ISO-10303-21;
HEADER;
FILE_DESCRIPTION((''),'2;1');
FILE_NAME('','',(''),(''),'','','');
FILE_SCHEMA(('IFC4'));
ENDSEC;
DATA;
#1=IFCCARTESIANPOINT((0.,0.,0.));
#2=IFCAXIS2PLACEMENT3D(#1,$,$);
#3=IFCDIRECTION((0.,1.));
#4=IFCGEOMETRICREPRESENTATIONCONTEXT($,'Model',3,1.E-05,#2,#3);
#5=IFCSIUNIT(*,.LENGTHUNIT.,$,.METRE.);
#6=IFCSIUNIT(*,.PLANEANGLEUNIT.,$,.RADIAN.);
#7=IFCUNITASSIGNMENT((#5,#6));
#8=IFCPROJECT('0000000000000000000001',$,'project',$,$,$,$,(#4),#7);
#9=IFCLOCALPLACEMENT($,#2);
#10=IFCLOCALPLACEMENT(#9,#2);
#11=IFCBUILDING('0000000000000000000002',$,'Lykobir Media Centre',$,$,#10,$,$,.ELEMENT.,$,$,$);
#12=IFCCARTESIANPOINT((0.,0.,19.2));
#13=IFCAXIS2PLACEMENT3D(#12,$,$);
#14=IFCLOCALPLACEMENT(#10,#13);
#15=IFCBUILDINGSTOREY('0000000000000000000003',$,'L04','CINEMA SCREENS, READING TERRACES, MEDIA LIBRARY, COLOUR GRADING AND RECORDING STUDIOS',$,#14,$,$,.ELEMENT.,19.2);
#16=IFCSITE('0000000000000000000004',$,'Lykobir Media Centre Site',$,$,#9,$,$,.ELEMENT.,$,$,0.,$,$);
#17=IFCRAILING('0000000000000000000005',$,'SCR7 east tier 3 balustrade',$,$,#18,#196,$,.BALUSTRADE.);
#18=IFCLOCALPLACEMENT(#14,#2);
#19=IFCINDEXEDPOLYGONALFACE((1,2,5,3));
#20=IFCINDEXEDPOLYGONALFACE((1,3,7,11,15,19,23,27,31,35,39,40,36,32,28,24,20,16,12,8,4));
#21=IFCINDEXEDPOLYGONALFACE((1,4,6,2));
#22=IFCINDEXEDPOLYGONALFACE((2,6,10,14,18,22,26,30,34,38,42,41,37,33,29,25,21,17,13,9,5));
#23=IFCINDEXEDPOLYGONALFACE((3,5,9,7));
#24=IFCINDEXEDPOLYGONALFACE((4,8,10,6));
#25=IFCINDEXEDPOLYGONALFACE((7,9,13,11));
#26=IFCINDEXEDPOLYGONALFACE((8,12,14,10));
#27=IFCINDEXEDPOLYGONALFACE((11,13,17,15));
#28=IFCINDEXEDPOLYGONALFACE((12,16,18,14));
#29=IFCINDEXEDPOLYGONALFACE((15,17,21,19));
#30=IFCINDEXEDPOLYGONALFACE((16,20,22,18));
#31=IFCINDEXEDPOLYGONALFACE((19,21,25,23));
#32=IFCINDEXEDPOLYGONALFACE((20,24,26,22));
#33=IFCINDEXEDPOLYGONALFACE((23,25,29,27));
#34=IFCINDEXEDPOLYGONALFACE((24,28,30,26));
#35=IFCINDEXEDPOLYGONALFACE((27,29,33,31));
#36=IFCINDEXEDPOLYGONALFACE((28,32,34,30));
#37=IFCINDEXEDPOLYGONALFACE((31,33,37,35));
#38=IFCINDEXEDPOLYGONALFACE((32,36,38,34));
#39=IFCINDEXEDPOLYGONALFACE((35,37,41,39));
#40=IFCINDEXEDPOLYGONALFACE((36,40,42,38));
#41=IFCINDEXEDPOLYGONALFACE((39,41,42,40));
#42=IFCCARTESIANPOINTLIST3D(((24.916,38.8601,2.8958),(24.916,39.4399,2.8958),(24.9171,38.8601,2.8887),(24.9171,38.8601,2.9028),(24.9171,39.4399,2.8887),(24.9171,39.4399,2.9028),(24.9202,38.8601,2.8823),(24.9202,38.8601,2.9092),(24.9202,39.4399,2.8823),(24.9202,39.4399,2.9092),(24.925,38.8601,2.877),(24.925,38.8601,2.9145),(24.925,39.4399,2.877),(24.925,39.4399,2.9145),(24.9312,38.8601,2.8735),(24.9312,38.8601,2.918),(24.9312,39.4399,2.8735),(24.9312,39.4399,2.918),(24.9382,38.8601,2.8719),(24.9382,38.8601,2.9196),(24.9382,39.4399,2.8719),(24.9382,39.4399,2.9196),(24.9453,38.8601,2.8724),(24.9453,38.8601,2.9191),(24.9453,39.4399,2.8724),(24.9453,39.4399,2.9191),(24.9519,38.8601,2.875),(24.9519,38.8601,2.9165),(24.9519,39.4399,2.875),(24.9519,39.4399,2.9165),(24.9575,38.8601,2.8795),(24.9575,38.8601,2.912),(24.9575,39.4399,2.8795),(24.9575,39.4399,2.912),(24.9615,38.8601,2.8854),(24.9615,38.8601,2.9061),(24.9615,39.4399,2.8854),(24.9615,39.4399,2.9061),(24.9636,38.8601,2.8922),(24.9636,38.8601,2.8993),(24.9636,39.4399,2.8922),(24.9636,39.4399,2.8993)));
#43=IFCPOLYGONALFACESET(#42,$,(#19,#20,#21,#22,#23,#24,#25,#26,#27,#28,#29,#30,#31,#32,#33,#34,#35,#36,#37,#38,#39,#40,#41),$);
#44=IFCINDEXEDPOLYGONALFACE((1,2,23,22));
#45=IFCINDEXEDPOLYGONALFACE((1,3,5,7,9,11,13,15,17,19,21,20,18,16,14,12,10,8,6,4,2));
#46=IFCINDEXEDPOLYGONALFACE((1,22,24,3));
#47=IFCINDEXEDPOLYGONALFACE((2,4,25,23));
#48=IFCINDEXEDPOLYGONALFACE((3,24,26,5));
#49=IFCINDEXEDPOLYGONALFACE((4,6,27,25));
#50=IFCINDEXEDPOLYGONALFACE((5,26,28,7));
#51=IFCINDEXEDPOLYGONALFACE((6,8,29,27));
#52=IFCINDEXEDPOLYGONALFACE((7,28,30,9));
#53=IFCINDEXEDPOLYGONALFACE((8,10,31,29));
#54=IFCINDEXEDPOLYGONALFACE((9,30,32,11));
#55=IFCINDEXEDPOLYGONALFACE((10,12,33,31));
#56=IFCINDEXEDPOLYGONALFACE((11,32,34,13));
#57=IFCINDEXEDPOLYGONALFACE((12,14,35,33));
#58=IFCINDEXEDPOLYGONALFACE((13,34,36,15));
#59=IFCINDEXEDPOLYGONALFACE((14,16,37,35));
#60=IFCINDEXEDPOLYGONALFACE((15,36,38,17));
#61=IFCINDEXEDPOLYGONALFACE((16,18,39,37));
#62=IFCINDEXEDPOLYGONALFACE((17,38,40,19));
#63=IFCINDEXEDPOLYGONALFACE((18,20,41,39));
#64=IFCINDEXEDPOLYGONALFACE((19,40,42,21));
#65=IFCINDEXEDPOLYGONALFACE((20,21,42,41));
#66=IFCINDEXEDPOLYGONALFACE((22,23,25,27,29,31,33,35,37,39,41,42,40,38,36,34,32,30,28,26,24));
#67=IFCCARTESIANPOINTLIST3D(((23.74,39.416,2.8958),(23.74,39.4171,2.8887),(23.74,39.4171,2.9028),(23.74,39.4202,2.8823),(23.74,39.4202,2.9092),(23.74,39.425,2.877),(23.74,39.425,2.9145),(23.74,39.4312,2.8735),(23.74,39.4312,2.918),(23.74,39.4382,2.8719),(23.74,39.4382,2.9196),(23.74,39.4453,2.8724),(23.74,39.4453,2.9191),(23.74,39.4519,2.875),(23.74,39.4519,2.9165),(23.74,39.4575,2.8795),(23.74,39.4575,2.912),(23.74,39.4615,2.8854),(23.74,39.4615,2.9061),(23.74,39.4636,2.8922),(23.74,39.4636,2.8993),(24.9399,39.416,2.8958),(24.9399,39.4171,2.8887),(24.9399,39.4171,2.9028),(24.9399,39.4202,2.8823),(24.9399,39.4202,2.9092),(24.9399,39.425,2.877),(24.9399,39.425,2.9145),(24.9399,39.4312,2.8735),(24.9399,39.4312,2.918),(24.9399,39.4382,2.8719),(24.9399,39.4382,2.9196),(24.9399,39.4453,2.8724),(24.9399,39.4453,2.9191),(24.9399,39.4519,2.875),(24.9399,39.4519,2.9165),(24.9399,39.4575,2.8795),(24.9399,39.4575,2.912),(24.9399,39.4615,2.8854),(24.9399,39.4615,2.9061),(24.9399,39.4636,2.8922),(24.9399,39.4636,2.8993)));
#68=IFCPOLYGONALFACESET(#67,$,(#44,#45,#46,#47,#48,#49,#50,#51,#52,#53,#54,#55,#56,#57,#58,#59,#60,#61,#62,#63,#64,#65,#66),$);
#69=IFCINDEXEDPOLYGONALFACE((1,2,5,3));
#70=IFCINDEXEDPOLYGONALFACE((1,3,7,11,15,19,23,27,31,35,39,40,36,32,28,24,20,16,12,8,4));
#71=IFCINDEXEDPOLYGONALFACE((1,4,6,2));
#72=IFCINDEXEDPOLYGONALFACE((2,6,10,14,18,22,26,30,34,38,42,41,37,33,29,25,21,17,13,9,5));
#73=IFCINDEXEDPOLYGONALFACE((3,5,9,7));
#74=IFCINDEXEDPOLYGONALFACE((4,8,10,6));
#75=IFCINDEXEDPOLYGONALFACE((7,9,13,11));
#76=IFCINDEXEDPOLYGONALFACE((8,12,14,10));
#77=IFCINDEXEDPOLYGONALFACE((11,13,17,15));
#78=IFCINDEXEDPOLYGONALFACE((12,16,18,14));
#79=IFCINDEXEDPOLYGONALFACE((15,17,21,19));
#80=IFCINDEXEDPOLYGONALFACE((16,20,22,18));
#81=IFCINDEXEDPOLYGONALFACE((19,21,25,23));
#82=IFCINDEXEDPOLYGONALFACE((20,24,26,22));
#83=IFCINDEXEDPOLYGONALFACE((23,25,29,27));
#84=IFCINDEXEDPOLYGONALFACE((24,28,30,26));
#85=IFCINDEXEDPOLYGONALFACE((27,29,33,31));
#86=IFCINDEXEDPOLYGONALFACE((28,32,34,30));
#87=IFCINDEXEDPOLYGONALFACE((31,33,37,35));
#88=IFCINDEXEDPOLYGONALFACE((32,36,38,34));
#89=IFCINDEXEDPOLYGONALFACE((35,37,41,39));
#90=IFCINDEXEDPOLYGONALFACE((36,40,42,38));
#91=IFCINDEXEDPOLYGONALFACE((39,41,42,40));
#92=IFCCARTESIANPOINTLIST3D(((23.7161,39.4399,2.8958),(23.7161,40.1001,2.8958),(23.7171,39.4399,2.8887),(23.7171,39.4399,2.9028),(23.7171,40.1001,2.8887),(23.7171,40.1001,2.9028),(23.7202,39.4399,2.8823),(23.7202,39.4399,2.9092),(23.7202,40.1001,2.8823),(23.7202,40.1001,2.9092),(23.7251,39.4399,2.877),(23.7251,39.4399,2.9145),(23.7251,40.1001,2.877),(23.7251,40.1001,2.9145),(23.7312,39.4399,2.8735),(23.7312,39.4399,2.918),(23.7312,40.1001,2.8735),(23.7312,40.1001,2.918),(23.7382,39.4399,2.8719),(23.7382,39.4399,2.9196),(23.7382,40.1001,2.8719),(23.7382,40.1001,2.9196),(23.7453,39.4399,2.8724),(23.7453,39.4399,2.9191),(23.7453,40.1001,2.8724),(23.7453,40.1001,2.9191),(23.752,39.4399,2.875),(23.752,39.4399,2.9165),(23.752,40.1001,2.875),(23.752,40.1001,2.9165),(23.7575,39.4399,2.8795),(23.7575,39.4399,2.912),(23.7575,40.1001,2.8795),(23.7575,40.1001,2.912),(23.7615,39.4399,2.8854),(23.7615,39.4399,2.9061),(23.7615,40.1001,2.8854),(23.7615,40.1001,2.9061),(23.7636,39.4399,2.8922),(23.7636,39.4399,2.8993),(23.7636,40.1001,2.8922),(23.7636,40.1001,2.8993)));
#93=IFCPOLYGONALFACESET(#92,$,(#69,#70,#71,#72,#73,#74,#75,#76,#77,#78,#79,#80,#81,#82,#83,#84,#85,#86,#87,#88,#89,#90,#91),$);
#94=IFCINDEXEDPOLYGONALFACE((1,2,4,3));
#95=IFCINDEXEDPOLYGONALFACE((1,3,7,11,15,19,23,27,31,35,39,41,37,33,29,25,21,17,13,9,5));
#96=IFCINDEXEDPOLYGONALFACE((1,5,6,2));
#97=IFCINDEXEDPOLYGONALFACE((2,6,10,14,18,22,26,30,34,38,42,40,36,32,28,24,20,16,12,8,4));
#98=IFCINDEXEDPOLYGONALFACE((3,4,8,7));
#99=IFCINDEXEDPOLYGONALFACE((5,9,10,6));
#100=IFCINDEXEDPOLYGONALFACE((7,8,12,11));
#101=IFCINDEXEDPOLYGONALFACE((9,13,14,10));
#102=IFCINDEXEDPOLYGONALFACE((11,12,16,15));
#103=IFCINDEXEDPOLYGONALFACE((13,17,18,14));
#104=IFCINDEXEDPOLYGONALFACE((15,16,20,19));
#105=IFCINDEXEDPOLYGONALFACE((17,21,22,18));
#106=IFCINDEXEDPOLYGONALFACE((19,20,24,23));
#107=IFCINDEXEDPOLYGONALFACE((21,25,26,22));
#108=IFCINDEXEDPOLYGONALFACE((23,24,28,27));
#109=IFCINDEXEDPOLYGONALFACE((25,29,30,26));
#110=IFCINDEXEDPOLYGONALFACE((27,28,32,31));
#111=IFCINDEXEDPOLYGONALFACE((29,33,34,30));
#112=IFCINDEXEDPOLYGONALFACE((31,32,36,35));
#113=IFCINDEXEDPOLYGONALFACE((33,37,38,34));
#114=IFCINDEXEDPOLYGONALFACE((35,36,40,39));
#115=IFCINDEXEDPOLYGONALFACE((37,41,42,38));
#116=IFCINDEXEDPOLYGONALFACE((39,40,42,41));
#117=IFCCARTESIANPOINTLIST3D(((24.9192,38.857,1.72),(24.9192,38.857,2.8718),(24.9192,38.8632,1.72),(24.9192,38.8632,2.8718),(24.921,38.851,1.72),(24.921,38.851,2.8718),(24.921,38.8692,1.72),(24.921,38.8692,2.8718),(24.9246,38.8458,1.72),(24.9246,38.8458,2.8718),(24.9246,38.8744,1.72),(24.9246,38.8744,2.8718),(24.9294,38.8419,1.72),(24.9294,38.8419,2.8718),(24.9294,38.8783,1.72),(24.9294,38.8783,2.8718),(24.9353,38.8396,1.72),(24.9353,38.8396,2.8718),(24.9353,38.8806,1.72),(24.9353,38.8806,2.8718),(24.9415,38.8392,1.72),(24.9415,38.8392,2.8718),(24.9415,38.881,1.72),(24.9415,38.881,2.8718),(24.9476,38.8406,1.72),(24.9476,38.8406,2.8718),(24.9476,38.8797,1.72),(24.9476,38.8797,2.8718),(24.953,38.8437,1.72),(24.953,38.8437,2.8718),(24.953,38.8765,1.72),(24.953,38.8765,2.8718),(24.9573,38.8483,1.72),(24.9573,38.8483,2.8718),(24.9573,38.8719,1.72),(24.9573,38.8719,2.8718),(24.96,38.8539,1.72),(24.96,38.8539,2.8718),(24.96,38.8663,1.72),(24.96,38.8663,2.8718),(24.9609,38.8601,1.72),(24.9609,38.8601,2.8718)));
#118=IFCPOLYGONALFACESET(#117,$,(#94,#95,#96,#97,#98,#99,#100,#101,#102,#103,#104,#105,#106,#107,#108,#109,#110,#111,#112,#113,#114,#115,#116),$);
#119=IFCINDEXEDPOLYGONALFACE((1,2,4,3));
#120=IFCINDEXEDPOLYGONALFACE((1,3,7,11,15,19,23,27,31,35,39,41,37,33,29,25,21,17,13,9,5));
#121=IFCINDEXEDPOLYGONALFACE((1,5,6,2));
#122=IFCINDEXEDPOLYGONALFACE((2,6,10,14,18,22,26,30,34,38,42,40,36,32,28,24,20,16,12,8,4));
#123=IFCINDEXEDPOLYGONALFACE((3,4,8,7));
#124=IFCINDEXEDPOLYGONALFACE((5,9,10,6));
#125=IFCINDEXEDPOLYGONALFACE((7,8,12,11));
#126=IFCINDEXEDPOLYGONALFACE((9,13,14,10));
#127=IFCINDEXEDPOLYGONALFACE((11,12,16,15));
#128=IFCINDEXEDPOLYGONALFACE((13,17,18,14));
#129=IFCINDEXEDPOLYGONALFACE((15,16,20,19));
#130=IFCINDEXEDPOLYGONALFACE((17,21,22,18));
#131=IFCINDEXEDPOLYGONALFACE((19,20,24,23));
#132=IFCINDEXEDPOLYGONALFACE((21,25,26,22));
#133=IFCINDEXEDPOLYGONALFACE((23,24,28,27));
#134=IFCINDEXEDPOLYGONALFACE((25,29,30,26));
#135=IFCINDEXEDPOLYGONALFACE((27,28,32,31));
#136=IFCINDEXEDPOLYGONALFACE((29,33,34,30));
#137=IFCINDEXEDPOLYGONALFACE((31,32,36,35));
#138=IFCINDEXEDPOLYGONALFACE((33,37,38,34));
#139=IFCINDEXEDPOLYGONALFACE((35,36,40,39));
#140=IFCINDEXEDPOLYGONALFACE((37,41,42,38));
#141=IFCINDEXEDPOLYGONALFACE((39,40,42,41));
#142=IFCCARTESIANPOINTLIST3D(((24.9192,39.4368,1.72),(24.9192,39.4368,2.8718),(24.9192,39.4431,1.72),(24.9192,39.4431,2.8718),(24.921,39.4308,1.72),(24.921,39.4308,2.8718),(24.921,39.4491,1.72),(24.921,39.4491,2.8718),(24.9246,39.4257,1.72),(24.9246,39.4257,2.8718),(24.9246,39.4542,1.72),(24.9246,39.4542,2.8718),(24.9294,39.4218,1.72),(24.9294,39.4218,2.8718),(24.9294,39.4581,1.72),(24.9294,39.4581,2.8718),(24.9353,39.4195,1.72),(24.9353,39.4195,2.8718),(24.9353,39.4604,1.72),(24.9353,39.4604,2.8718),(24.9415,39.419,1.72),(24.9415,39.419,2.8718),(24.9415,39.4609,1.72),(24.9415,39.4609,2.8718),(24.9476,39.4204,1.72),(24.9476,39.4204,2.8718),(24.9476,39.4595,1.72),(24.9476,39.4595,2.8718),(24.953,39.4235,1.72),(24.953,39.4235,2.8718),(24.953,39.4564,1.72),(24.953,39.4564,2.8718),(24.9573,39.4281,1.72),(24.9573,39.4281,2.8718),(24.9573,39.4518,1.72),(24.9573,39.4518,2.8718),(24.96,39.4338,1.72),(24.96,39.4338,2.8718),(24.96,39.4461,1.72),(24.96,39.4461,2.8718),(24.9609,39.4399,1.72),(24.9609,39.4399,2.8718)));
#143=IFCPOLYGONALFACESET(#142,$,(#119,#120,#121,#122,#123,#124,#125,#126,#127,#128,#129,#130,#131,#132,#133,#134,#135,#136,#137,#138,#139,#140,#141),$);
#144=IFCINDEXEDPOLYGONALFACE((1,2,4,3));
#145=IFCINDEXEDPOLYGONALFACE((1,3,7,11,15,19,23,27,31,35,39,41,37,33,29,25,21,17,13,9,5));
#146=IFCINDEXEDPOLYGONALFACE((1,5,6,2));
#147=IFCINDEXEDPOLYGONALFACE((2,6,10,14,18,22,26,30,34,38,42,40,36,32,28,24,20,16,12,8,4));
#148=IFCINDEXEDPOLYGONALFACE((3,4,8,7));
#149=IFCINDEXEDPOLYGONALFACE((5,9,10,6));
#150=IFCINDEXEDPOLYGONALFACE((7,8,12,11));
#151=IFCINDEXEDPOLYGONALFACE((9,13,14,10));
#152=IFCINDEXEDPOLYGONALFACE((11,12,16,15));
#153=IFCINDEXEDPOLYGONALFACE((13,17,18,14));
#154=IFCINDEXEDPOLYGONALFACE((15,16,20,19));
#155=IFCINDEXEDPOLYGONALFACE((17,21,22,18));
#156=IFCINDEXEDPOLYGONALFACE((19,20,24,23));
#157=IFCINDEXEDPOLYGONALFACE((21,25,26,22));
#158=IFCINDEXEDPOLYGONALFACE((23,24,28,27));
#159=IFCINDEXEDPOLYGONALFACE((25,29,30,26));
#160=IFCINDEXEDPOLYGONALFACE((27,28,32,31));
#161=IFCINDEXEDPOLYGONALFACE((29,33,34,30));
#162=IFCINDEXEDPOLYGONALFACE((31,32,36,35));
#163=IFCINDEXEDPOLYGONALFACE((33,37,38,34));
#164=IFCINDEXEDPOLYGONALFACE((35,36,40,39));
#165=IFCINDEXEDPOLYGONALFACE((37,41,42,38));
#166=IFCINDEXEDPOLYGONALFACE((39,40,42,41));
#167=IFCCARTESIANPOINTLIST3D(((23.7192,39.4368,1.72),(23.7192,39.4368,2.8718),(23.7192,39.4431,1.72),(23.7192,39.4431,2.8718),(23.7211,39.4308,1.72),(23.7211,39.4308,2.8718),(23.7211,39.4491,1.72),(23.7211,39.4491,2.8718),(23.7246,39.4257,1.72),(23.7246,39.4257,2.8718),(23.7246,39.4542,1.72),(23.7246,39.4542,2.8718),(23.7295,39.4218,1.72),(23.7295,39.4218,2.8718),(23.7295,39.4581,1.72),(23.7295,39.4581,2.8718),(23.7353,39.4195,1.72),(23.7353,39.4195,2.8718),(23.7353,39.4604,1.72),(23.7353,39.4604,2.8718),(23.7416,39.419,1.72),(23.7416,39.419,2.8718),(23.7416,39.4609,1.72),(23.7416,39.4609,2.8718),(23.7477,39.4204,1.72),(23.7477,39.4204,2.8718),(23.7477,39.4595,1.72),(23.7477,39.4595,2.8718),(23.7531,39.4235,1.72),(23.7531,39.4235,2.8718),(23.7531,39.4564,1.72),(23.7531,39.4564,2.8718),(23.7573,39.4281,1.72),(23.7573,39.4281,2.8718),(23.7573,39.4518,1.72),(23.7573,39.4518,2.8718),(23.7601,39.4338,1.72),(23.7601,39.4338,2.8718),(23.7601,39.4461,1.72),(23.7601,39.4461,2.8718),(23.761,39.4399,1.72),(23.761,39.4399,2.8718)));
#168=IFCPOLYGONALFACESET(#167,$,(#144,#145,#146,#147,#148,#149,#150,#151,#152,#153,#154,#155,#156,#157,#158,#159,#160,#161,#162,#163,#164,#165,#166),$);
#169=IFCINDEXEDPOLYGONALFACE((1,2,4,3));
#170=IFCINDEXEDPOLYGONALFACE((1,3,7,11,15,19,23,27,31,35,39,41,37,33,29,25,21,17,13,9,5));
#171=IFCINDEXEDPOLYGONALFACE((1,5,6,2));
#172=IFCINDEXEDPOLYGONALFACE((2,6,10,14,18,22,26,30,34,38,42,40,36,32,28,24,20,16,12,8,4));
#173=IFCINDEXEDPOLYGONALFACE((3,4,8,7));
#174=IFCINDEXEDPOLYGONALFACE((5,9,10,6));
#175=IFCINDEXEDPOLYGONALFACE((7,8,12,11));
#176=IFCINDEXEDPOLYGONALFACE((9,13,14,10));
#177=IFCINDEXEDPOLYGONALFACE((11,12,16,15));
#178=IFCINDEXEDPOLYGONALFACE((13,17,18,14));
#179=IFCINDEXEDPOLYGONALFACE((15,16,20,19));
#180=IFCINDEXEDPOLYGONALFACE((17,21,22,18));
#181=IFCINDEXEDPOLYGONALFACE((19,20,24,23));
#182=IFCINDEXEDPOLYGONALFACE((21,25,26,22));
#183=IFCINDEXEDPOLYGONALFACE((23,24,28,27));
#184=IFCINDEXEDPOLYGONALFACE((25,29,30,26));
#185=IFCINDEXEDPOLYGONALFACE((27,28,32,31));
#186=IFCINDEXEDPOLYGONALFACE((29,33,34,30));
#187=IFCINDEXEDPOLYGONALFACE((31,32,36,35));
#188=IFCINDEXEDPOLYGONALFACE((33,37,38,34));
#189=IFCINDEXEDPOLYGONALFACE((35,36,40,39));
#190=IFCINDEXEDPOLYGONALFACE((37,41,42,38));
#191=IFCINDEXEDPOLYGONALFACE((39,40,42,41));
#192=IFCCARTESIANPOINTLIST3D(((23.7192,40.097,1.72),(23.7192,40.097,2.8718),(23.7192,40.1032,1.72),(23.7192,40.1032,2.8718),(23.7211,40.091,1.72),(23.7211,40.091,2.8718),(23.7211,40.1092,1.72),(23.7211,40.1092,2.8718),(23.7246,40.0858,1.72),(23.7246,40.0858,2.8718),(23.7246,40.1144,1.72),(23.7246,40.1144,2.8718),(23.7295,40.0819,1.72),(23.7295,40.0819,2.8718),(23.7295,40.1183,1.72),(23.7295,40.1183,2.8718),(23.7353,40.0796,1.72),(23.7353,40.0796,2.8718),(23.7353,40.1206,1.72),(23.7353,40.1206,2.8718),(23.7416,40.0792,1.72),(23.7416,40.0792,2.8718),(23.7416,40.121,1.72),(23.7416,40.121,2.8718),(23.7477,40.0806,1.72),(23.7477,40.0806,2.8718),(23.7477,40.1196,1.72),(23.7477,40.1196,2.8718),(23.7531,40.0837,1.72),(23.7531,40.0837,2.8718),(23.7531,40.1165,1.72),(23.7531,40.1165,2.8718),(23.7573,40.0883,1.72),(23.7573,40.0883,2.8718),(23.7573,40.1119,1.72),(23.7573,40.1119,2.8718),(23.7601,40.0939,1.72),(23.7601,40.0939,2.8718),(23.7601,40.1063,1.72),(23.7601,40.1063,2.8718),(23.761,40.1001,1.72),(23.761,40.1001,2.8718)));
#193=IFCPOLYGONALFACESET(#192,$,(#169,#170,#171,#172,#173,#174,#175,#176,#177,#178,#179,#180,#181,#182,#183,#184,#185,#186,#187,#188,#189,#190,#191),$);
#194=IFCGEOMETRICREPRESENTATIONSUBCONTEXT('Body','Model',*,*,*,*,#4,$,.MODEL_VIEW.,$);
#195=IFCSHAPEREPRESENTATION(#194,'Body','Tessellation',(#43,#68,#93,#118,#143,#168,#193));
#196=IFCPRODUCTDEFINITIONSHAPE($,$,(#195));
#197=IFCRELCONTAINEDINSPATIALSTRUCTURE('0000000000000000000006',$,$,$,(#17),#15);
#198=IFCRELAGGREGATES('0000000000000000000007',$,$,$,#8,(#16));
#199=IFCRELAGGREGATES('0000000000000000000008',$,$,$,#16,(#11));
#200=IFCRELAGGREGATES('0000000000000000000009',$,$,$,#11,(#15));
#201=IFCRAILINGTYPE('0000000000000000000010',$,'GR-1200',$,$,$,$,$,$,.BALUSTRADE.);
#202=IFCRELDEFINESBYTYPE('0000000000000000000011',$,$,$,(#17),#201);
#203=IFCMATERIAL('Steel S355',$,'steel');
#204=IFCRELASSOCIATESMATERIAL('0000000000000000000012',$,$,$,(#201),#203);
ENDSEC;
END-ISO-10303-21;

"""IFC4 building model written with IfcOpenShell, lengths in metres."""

from ifc_helpers import new_model, si_unit, direction, frame, origin, origin_2d, place, context, subcontext, project, spatial, circle, extrude, material, type_object, element, save


model = new_model("IFC4")

# Units and contexts
model_context = context("Model", 3, precision=1e-05, world=origin(), true_north=direction((0.0, 1.0)))
body_context = subcontext(model_context, "Body", "Model", "MODEL_VIEW")
ifc_project = project(units=[si_unit("LENGTHUNIT", "METRE"), si_unit("PLANEANGLEUNIT", "RADIAN")], contexts=[model_context])

# Site, building, storey
site_placement = place(None, origin())
site = spatial("IfcSite", under=ifc_project, at=site_placement, Name="Lykobir Media Centre Site", CompositionType="ELEMENT", RefElevation=0.0)
building_placement = place(site_placement, origin())
building = spatial("IfcBuilding", under=site, at=building_placement, Name="Lykobir Media Centre", CompositionType="ELEMENT")
storey_placement = place(building_placement, frame((0.0, 0.0, 19.2)))
storey = spatial("IfcBuildingStorey", under=building, at=storey_placement, Name="L04", Description="CINEMA SCREENS, READING TERRACES, MEDIA LIBRARY, COLOUR GRADING AND RECORDING STUDIOS", CompositionType="ELEMENT", Elevation=19.2)

# Shared definitions
ifc_material_1 = material(Name="Steel S355", Category="steel")

# Railing
railing_type = type_object("IfcRailingType", Name="GR-1200", PredefinedType="BALUSTRADE", material=ifc_material_1)
railing_1_placement = place(storey_placement, frame((24.9399, 38.8601, 1.72)))
element("IfcRailing", 1, at=railing_1_placement, inside=storey, type_object=railing_type, Name="SCR7 east tier 3 balustrade", PredefinedType="BALUSTRADE", context=body_context, shape_type="SweptSolid", body=[
    extrude(circle(Radius=0.0239, at=origin_2d()), frame((0.0, 0.0, 1.1758), z_axis=(0.0, 1.0, 0.0), x_axis=(-1.0, 0.0, 0.0)), (0.0, 0.0, 1.0), 0.5798),
    extrude(circle(Radius=0.0239, at=origin_2d()), frame((0.0, 0.5798, 1.1758), z_axis=(-1.0, 0.0, 0.0), x_axis=(0.0, -1.0, 0.0)), (0.0, 0.0, 1.0), 1.2),
    extrude(circle(Radius=0.0239, at=origin_2d()), frame((-1.2, 0.5798, 1.1758), z_axis=(0.0, 1.0, 0.0), x_axis=(-1.0, 0.0, 0.0)), (0.0, 0.0, 1.0), 0.6602),
    extrude(circle(Radius=0.021, at=origin_2d()), origin(), (0.0, 0.0, 1.0), 1.1519),
    extrude(circle(Radius=0.021, at=origin_2d()), frame((0.0, 0.5798, 0.0)), (0.0, 0.0, 1.0), 1.1519),
    extrude(circle(Radius=0.021, at=origin_2d()), frame((-1.2, 0.5798, 0.0)), (0.0, 0.0, 1.0), 1.1519),
    extrude(circle(Radius=0.021, at=origin_2d()), frame((-1.2, 1.24, 0.0)), (0.0, 0.0, 1.0), 1.1519),
])

save(model, "model.ifc")
